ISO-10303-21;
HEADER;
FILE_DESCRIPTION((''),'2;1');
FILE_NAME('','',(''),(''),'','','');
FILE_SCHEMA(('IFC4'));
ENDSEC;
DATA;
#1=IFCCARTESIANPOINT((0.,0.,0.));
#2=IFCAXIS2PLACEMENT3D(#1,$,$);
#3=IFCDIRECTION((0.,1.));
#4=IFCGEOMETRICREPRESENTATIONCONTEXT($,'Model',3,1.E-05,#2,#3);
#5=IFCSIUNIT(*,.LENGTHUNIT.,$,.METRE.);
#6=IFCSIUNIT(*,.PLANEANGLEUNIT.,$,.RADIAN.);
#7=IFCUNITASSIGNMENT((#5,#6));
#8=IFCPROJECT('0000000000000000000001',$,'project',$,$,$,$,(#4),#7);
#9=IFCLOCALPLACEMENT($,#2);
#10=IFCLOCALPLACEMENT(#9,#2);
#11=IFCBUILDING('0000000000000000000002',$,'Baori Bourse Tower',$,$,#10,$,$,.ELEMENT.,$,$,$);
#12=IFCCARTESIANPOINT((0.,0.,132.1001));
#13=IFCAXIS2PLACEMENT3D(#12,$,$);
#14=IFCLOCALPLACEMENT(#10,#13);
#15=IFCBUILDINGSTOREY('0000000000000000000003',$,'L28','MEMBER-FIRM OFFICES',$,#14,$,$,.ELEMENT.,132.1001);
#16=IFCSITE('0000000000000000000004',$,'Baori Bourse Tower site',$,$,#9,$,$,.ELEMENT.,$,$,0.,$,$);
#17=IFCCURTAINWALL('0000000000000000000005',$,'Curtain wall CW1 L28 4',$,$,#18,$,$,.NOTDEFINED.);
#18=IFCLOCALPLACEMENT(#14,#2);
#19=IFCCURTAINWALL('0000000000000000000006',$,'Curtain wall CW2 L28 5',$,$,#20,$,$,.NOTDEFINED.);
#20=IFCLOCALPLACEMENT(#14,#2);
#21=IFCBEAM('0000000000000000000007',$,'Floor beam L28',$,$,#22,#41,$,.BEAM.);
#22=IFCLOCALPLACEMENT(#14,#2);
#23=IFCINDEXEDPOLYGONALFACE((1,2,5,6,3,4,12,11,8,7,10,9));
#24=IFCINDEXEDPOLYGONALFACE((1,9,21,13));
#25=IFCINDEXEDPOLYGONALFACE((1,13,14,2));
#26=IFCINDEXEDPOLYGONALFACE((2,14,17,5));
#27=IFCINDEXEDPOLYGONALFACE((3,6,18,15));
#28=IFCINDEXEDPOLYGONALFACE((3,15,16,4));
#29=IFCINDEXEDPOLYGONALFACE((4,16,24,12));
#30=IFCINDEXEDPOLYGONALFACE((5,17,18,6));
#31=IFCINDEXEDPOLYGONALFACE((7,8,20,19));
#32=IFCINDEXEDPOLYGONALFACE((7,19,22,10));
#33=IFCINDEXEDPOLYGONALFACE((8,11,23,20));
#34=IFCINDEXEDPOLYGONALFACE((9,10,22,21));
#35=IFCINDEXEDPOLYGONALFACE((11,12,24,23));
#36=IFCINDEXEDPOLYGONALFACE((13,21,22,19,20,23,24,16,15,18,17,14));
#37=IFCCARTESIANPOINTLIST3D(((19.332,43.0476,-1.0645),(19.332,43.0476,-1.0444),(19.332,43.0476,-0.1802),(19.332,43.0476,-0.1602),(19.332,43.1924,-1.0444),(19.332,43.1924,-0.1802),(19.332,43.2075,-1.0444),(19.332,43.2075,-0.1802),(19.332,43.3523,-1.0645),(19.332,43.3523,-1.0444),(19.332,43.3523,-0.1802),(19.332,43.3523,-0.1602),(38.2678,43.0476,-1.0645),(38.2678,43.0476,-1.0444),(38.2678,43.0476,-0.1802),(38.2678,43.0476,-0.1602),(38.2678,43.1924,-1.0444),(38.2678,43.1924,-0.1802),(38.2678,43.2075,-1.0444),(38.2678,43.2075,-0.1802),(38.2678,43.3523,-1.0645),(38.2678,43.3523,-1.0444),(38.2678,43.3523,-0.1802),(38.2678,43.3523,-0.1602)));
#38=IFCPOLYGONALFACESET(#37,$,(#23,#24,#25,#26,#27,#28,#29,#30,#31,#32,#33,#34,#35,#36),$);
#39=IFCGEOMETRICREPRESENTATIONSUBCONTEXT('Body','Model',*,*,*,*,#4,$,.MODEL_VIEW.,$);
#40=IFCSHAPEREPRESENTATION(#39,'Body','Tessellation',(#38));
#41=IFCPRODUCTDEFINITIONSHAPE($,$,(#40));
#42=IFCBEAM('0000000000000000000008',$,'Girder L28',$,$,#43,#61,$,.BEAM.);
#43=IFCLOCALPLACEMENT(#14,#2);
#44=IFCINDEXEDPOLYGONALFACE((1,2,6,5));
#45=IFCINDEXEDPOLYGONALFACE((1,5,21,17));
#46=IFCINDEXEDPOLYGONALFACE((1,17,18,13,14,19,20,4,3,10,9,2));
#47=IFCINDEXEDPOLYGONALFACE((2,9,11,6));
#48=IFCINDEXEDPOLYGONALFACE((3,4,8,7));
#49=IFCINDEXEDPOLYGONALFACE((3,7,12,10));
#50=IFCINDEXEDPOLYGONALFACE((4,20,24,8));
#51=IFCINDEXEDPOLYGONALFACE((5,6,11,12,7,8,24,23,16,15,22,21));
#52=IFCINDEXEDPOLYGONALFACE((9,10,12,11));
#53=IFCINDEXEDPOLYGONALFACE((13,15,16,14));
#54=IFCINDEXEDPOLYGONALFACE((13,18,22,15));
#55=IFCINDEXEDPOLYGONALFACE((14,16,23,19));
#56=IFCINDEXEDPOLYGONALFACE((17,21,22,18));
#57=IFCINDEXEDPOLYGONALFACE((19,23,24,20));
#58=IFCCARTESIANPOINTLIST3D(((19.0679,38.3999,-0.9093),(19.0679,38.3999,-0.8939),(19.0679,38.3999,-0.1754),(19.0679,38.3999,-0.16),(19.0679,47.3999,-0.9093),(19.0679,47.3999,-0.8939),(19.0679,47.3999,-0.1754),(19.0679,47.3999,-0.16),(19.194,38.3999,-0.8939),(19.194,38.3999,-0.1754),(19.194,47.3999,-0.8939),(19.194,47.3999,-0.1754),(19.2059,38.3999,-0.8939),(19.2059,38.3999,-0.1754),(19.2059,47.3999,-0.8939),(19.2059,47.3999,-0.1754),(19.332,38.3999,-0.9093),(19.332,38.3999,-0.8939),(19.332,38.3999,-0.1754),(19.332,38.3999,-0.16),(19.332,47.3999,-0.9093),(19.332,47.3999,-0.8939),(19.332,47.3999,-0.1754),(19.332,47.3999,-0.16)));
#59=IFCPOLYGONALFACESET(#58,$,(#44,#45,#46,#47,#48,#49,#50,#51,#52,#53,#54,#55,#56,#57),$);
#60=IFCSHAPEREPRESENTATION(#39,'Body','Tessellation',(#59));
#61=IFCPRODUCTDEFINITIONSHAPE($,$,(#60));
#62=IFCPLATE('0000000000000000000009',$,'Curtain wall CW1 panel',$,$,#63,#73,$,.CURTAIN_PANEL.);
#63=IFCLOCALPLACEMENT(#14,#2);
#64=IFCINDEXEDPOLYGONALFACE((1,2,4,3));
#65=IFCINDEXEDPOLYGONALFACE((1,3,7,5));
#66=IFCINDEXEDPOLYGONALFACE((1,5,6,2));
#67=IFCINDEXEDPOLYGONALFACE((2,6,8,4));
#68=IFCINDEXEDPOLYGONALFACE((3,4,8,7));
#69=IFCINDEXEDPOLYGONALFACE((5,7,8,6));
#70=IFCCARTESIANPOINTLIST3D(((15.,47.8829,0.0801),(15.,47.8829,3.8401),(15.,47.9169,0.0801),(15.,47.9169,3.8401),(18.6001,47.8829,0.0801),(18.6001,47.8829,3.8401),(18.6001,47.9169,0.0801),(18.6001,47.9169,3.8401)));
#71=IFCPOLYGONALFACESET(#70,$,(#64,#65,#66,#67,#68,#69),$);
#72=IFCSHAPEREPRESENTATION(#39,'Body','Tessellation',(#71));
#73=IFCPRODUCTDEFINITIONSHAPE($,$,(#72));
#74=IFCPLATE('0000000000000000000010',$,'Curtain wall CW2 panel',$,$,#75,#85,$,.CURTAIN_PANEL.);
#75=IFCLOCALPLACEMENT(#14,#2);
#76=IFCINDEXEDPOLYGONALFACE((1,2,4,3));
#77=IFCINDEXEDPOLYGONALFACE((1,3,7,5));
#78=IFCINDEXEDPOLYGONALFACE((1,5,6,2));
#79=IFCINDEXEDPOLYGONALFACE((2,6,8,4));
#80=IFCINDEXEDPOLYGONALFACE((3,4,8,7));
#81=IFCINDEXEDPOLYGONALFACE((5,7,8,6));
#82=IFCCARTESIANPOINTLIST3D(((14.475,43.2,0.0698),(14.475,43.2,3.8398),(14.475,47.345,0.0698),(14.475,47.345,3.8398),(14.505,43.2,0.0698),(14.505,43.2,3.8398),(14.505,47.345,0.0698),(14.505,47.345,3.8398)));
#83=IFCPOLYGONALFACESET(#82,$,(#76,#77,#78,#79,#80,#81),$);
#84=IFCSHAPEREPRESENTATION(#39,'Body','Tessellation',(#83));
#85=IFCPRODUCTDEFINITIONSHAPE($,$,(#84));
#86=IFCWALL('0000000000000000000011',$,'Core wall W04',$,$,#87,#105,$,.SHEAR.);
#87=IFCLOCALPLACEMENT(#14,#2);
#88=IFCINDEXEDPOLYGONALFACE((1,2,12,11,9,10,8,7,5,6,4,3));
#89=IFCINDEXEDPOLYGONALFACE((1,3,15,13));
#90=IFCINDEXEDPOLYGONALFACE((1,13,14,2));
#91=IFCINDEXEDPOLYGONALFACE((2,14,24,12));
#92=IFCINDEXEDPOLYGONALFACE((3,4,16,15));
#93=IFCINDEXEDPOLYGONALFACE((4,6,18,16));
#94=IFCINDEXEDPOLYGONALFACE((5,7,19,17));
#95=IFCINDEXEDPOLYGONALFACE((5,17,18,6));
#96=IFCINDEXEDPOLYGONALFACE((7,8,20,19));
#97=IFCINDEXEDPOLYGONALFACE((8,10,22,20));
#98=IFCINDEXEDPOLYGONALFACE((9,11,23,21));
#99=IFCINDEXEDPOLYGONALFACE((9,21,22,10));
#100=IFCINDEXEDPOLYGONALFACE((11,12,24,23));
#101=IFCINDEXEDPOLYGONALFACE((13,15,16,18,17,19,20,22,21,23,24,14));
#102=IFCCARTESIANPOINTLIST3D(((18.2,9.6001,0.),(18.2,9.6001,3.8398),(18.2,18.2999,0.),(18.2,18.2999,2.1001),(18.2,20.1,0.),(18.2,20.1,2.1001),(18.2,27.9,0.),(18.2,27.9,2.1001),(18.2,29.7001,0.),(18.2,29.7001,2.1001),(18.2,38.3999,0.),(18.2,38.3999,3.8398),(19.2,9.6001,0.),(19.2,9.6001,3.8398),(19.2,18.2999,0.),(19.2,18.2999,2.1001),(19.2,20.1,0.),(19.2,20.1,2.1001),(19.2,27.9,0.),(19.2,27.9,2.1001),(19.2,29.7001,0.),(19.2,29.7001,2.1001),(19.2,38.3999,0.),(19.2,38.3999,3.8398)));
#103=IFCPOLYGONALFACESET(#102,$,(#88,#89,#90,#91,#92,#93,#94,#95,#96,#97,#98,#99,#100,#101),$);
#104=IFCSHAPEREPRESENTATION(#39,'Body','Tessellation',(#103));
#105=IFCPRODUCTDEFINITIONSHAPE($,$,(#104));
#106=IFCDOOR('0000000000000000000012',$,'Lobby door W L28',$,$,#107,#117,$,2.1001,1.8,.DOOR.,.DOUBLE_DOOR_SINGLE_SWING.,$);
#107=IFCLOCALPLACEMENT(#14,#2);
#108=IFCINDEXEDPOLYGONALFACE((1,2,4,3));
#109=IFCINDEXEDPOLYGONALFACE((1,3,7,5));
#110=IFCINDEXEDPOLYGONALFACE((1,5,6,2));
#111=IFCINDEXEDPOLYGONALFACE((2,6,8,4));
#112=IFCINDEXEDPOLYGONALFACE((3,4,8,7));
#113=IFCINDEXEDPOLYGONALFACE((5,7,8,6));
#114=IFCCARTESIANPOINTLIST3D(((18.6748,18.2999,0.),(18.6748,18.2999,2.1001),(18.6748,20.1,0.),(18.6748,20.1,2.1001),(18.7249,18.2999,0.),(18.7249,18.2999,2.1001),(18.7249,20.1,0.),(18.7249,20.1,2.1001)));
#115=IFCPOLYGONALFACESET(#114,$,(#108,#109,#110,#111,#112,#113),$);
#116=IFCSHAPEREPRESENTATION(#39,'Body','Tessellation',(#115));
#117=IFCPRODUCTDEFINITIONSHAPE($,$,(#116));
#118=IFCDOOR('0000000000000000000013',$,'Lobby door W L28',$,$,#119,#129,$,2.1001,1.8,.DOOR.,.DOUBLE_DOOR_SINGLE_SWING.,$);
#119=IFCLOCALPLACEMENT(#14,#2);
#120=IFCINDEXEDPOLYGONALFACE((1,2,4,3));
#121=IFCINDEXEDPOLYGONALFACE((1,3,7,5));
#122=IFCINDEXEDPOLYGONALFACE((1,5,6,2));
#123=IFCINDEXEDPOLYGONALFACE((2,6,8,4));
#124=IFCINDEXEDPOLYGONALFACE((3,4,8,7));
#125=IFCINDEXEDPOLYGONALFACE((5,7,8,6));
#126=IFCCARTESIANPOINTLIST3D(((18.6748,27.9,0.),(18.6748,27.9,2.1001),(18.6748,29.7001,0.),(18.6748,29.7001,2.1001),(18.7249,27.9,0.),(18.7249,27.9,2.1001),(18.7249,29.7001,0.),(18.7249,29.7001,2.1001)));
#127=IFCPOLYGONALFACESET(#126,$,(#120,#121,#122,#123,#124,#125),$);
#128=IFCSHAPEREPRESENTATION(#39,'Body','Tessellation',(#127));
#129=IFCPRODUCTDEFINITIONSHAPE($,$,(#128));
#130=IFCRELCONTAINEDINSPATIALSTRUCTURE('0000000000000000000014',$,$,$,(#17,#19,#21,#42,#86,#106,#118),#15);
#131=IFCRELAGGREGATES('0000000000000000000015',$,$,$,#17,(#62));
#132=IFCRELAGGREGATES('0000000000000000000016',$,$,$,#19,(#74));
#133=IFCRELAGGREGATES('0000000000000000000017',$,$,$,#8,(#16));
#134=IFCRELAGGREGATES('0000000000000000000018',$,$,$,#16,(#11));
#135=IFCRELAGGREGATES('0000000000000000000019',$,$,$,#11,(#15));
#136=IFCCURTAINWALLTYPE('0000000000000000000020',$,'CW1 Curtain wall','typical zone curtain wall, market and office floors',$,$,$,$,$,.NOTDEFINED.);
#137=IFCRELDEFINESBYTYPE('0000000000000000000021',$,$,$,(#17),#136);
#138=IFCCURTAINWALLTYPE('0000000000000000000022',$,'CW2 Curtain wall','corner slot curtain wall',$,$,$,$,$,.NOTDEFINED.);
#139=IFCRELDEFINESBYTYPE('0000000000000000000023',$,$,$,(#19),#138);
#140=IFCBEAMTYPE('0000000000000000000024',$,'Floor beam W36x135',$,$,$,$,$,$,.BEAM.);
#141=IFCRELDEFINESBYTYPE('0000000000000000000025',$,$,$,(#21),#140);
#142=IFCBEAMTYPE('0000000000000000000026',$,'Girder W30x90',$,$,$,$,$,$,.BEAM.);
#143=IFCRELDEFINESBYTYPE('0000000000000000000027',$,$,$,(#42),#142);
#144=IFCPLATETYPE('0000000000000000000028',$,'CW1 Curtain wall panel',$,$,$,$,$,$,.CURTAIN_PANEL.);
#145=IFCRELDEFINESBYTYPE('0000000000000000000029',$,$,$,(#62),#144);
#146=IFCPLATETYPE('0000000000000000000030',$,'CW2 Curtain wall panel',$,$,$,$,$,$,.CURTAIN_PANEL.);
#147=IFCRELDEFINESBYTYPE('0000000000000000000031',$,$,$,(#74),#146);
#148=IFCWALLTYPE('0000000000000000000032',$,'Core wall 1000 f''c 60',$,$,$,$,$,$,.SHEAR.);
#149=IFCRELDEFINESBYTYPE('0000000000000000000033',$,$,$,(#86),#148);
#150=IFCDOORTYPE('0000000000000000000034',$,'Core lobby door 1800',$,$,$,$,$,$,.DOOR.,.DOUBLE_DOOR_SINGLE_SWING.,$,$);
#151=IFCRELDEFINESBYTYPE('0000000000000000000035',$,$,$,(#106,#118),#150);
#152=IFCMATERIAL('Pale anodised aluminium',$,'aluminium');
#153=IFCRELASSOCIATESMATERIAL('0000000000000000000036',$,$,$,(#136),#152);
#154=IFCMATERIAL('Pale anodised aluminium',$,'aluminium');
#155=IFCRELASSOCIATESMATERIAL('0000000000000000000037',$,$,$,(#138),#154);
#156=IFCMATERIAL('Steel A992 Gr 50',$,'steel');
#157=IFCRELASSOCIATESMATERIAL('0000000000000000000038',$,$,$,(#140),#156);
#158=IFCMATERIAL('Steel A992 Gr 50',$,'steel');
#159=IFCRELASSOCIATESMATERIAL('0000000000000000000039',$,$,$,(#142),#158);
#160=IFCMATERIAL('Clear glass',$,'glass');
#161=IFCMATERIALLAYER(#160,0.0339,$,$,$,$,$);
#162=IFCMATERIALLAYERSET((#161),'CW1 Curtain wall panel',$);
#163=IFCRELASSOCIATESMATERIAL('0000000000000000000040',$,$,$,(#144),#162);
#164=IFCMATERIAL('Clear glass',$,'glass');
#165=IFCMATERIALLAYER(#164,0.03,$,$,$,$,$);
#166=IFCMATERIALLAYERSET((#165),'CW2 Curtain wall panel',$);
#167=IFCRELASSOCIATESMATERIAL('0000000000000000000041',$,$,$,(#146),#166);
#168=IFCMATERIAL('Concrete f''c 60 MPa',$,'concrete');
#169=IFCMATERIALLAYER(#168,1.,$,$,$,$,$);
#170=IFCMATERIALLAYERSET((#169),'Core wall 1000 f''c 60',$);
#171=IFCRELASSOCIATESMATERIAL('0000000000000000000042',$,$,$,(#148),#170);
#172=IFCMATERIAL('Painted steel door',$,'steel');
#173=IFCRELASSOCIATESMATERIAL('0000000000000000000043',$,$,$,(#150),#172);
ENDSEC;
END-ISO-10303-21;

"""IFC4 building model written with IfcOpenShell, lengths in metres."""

from ifc_helpers import new_model, si_unit, direction, frame, frame_2d, origin, origin_2d, place, context, subcontext, project, spatial, rectangle, i_section, extrude, material, layer, layer_set, material_profile, profile_set, type_object, element, fill, aggregate, save


model = new_model("IFC4")

# Units and contexts
model_context = context("Model", 3, precision=1e-05, world=origin(), true_north=direction((0.0, 1.0)))
body_context = subcontext(model_context, "Body", "Model", "MODEL_VIEW")
ifc_project = project(units=[si_unit("LENGTHUNIT", "METRE"), si_unit("PLANEANGLEUNIT", "RADIAN")], contexts=[model_context])

# Site, building, storey
site_placement = place(None, origin())
site = spatial("IfcSite", under=ifc_project, at=site_placement, Name="Baori Bourse Tower site", CompositionType="ELEMENT", RefElevation=0.0)
building_placement = place(site_placement, origin())
building = spatial("IfcBuilding", under=site, at=building_placement, Name="Baori Bourse Tower", CompositionType="ELEMENT")
storey_placement = place(building_placement, frame((0.0, 0.0, 132.1001)))
storey = spatial("IfcBuildingStorey", under=building, at=storey_placement, Name="L28", Description="MEMBER-FIRM OFFICES", CompositionType="ELEMENT", Elevation=132.1001)

# Curtain wall
ifc_material_1 = material(Name="Pale anodised aluminium", Category="aluminium")
curtain_wall_type_1 = type_object("IfcCurtainWallType", Name="CW1 Curtain wall", Description="typical zone curtain wall, market and office floors", PredefinedType="NOTDEFINED", material=ifc_material_1)
curtain_wall_1_placement = place(storey_placement, origin())
curtain_wall_1 = element("IfcCurtainWall", 1, at=curtain_wall_1_placement, inside=storey, type_object=curtain_wall_type_1, Name="Curtain wall CW1 L28 4", PredefinedType="NOTDEFINED")

# Curtain wall
ifc_material_2 = material(Name="Pale anodised aluminium", Category="aluminium")
curtain_wall_type_2 = type_object("IfcCurtainWallType", Name="CW2 Curtain wall", Description="corner slot curtain wall", PredefinedType="NOTDEFINED", material=ifc_material_2)
curtain_wall_2_placement = place(storey_placement, origin())
curtain_wall_2 = element("IfcCurtainWall", 2, at=curtain_wall_2_placement, inside=storey, type_object=curtain_wall_type_2, Name="Curtain wall CW2 L28 5", PredefinedType="NOTDEFINED")

# Beams
ifc_material_3 = material(Name="Steel A992 Gr 50", Category="steel")
ifc_material_profile_1 = material_profile(ifc_material_3, i_section(OverallWidth=0.3047, OverallDepth=0.9043, WebThickness=0.0151, FlangeThickness=0.02, at=origin_2d()), Name="W36x135")
ifc_profile_set_1 = profile_set([ifc_material_profile_1], Name="Steel A992 Gr 50")
beam_type_1 = type_object("IfcBeamType", Name="Floor beam W36x135", PredefinedType="BEAM", material=ifc_profile_set_1)
beam_1_placement = place(storey_placement, frame((19.332, 43.2, -0.6123), z_axis=(1.0, 0.0, 0.0), x_axis=(0.0, 1.0, 0.0)))
element("IfcBeam", 3, at=beam_1_placement, inside=storey, type_object=beam_type_1, Name="Floor beam L28", PredefinedType="BEAM", context=body_context, shape_type="SweptSolid", body=[
    extrude(i_section(OverallWidth=0.3047, OverallDepth=0.9043, WebThickness=0.0151, FlangeThickness=0.02, at=origin_2d()), origin(), (0.0, 0.0, 1.0), 18.9358),
])
ifc_material_4 = material(Name="Steel A992 Gr 50", Category="steel")
ifc_material_profile_2 = material_profile(ifc_material_4, i_section(OverallWidth=0.2642, OverallDepth=0.7493, WebThickness=0.012, FlangeThickness=0.0154, at=origin_2d()), Name="W30x90")
ifc_profile_set_2 = profile_set([ifc_material_profile_2], Name="Steel A992 Gr 50")
beam_type_2 = type_object("IfcBeamType", Name="Girder W30x90", PredefinedType="BEAM", material=ifc_profile_set_2)
beam_2_placement = place(storey_placement, frame((19.2, 38.3999, -0.5347), z_axis=(0.0, 1.0, 0.0), x_axis=(-1.0, 0.0, 0.0)))
element("IfcBeam", 4, at=beam_2_placement, inside=storey, type_object=beam_type_2, Name="Girder L28", PredefinedType="BEAM", context=body_context, shape_type="SweptSolid", body=[
    extrude(i_section(OverallWidth=0.2642, OverallDepth=0.7493, WebThickness=0.012, FlangeThickness=0.0154, at=origin_2d()), origin(), (0.0, 0.0, 1.0), 9.0),
])

# Plates
ifc_material_5 = material(Name="Clear glass", Category="glass")
ifc_layer_1 = layer(ifc_material_5, 0.0339)
ifc_layer_set_1 = layer_set([ifc_layer_1], Name="CW1 Curtain wall panel")
plate_type_1 = type_object("IfcPlateType", Name="CW1 Curtain wall panel", PredefinedType="CURTAIN_PANEL", material=ifc_layer_set_1)
plate_1_placement = place(storey_placement, frame((16.8, 47.8999, 0.0801), z_axis=(0.0, 0.0, 1.0), x_axis=(-1.0, 0.0, 0.0)))
plate_1 = element("IfcPlate", 5, at=plate_1_placement, type_object=plate_type_1, Name="Curtain wall CW1 panel", PredefinedType="CURTAIN_PANEL", context=body_context, shape_type="SweptSolid", body=[
    extrude(rectangle(XDim=3.6001, YDim=0.0339, at=origin_2d()), origin(), (0.0, 0.0, 1.0), 3.76),
])
aggregate(curtain_wall_1, [plate_1])
ifc_material_6 = material(Name="Clear glass", Category="glass")
ifc_layer_2 = layer(ifc_material_6, 0.03)
ifc_layer_set_2 = layer_set([ifc_layer_2], Name="CW2 Curtain wall panel")
plate_type_2 = type_object("IfcPlateType", Name="CW2 Curtain wall panel", PredefinedType="CURTAIN_PANEL", material=ifc_layer_set_2)
plate_2_placement = place(storey_placement, frame((14.49, 45.2725, 0.0698), z_axis=(0.0, 0.0, 1.0), x_axis=(0.0, -1.0, 0.0)))
plate_2 = element("IfcPlate", 6, at=plate_2_placement, type_object=plate_type_2, Name="Curtain wall CW2 panel", PredefinedType="CURTAIN_PANEL", context=body_context, shape_type="SweptSolid", body=[
    extrude(rectangle(XDim=4.145, YDim=0.03, at=origin_2d()), origin(), (0.0, 0.0, 1.0), 3.77),
])
aggregate(curtain_wall_2, [plate_2])

# Wall, openings, doors
ifc_material_7 = material(Name="Concrete f'c 60 MPa", Category="concrete")
ifc_layer_3 = layer(ifc_material_7, 1.0)
ifc_layer_set_3 = layer_set([ifc_layer_3], Name="Core wall 1000 f'c 60")
wall_type_1 = type_object("IfcWallType", Name="Core wall 1000 f'c 60", PredefinedType="SHEAR", material=ifc_layer_set_3)
wall_1_placement = place(storey_placement, frame((18.7, 38.3999, 0.0), z_axis=(0.0, 0.0, 1.0), x_axis=(0.0, -1.0, 0.0)))
wall_1 = element("IfcWall", 7, at=wall_1_placement, inside=storey, type_object=wall_type_1, Name="Core wall W04", PredefinedType="SHEAR", context=body_context, shape_type="SweptSolid", body=[
    extrude(rectangle(XDim=28.7998, YDim=1.0, at=frame_2d((14.3999, 0.0))), origin(), (0.0, 0.0, 1.0), 3.8398),
])
opening_1_placement = place(wall_1_placement, frame((18.3, 0.0, 0.0)))
opening_1 = element("IfcOpeningElement", 8, at=opening_1_placement, cuts=wall_1, PredefinedType="OPENING", context=body_context, shape_type="SweptSolid", body=[
    extrude(rectangle(XDim=1.8, YDim=2.1001, at=frame_2d((0.8999, 1.05))), frame((0.0, 0.51, 0.0), z_axis=(0.0, -1.0, 0.0), x_axis=(1.0, 0.0, 0.0)), (0.0, 0.0, 1.0), 1.02),
])
opening_2_placement = place(wall_1_placement, frame((8.7, 0.0, 0.0)))
opening_2 = element("IfcOpeningElement", 9, at=opening_2_placement, cuts=wall_1, PredefinedType="OPENING", context=body_context, shape_type="SweptSolid", body=[
    extrude(rectangle(XDim=1.8, YDim=2.1001, at=frame_2d((0.8999, 1.05))), frame((0.0, 0.51, 0.0), z_axis=(0.0, -1.0, 0.0), x_axis=(1.0, 0.0, 0.0)), (0.0, 0.0, 1.0), 1.02),
])
ifc_material_8 = material(Name="Painted steel door", Category="steel")
door_type_1 = type_object("IfcDoorType", Name="Core lobby door 1800", OperationType="DOUBLE_DOOR_SINGLE_SWING", PredefinedType="DOOR", material=ifc_material_8)
door_1_placement = place(opening_1_placement, origin())
door_1 = element("IfcDoor", 10, at=door_1_placement, inside=storey, type_object=door_type_1, Name="Lobby door W L28", OperationType="DOUBLE_DOOR_SINGLE_SWING", OverallHeight=2.1001, OverallWidth=1.8, PredefinedType="DOOR", context=body_context, shape_type="SweptSolid", body=[
    extrude(rectangle(XDim=1.8, YDim=2.1001, at=frame_2d((0.8999, 1.05))), frame((0.0, 0.0249, 0.0), z_axis=(0.0, -1.0, 0.0), x_axis=(1.0, 0.0, 0.0)), (0.0, 0.0, 1.0), 0.05),
])
fill(opening_1, door_1)
door_2_placement = place(opening_2_placement, origin())
door_2 = element("IfcDoor", 11, at=door_2_placement, inside=storey, type_object=door_type_1, Name="Lobby door W L28", OperationType="DOUBLE_DOOR_SINGLE_SWING", OverallHeight=2.1001, OverallWidth=1.8, PredefinedType="DOOR", context=body_context, shape_type="SweptSolid", body=[
    extrude(rectangle(XDim=1.8, YDim=2.1001, at=frame_2d((0.8999, 1.05))), frame((0.0, 0.0249, 0.0), z_axis=(0.0, -1.0, 0.0), x_axis=(1.0, 0.0, 0.0)), (0.0, 0.0, 1.0), 0.05),
])
fill(opening_2, door_2)

save(model, "model.ifc")
